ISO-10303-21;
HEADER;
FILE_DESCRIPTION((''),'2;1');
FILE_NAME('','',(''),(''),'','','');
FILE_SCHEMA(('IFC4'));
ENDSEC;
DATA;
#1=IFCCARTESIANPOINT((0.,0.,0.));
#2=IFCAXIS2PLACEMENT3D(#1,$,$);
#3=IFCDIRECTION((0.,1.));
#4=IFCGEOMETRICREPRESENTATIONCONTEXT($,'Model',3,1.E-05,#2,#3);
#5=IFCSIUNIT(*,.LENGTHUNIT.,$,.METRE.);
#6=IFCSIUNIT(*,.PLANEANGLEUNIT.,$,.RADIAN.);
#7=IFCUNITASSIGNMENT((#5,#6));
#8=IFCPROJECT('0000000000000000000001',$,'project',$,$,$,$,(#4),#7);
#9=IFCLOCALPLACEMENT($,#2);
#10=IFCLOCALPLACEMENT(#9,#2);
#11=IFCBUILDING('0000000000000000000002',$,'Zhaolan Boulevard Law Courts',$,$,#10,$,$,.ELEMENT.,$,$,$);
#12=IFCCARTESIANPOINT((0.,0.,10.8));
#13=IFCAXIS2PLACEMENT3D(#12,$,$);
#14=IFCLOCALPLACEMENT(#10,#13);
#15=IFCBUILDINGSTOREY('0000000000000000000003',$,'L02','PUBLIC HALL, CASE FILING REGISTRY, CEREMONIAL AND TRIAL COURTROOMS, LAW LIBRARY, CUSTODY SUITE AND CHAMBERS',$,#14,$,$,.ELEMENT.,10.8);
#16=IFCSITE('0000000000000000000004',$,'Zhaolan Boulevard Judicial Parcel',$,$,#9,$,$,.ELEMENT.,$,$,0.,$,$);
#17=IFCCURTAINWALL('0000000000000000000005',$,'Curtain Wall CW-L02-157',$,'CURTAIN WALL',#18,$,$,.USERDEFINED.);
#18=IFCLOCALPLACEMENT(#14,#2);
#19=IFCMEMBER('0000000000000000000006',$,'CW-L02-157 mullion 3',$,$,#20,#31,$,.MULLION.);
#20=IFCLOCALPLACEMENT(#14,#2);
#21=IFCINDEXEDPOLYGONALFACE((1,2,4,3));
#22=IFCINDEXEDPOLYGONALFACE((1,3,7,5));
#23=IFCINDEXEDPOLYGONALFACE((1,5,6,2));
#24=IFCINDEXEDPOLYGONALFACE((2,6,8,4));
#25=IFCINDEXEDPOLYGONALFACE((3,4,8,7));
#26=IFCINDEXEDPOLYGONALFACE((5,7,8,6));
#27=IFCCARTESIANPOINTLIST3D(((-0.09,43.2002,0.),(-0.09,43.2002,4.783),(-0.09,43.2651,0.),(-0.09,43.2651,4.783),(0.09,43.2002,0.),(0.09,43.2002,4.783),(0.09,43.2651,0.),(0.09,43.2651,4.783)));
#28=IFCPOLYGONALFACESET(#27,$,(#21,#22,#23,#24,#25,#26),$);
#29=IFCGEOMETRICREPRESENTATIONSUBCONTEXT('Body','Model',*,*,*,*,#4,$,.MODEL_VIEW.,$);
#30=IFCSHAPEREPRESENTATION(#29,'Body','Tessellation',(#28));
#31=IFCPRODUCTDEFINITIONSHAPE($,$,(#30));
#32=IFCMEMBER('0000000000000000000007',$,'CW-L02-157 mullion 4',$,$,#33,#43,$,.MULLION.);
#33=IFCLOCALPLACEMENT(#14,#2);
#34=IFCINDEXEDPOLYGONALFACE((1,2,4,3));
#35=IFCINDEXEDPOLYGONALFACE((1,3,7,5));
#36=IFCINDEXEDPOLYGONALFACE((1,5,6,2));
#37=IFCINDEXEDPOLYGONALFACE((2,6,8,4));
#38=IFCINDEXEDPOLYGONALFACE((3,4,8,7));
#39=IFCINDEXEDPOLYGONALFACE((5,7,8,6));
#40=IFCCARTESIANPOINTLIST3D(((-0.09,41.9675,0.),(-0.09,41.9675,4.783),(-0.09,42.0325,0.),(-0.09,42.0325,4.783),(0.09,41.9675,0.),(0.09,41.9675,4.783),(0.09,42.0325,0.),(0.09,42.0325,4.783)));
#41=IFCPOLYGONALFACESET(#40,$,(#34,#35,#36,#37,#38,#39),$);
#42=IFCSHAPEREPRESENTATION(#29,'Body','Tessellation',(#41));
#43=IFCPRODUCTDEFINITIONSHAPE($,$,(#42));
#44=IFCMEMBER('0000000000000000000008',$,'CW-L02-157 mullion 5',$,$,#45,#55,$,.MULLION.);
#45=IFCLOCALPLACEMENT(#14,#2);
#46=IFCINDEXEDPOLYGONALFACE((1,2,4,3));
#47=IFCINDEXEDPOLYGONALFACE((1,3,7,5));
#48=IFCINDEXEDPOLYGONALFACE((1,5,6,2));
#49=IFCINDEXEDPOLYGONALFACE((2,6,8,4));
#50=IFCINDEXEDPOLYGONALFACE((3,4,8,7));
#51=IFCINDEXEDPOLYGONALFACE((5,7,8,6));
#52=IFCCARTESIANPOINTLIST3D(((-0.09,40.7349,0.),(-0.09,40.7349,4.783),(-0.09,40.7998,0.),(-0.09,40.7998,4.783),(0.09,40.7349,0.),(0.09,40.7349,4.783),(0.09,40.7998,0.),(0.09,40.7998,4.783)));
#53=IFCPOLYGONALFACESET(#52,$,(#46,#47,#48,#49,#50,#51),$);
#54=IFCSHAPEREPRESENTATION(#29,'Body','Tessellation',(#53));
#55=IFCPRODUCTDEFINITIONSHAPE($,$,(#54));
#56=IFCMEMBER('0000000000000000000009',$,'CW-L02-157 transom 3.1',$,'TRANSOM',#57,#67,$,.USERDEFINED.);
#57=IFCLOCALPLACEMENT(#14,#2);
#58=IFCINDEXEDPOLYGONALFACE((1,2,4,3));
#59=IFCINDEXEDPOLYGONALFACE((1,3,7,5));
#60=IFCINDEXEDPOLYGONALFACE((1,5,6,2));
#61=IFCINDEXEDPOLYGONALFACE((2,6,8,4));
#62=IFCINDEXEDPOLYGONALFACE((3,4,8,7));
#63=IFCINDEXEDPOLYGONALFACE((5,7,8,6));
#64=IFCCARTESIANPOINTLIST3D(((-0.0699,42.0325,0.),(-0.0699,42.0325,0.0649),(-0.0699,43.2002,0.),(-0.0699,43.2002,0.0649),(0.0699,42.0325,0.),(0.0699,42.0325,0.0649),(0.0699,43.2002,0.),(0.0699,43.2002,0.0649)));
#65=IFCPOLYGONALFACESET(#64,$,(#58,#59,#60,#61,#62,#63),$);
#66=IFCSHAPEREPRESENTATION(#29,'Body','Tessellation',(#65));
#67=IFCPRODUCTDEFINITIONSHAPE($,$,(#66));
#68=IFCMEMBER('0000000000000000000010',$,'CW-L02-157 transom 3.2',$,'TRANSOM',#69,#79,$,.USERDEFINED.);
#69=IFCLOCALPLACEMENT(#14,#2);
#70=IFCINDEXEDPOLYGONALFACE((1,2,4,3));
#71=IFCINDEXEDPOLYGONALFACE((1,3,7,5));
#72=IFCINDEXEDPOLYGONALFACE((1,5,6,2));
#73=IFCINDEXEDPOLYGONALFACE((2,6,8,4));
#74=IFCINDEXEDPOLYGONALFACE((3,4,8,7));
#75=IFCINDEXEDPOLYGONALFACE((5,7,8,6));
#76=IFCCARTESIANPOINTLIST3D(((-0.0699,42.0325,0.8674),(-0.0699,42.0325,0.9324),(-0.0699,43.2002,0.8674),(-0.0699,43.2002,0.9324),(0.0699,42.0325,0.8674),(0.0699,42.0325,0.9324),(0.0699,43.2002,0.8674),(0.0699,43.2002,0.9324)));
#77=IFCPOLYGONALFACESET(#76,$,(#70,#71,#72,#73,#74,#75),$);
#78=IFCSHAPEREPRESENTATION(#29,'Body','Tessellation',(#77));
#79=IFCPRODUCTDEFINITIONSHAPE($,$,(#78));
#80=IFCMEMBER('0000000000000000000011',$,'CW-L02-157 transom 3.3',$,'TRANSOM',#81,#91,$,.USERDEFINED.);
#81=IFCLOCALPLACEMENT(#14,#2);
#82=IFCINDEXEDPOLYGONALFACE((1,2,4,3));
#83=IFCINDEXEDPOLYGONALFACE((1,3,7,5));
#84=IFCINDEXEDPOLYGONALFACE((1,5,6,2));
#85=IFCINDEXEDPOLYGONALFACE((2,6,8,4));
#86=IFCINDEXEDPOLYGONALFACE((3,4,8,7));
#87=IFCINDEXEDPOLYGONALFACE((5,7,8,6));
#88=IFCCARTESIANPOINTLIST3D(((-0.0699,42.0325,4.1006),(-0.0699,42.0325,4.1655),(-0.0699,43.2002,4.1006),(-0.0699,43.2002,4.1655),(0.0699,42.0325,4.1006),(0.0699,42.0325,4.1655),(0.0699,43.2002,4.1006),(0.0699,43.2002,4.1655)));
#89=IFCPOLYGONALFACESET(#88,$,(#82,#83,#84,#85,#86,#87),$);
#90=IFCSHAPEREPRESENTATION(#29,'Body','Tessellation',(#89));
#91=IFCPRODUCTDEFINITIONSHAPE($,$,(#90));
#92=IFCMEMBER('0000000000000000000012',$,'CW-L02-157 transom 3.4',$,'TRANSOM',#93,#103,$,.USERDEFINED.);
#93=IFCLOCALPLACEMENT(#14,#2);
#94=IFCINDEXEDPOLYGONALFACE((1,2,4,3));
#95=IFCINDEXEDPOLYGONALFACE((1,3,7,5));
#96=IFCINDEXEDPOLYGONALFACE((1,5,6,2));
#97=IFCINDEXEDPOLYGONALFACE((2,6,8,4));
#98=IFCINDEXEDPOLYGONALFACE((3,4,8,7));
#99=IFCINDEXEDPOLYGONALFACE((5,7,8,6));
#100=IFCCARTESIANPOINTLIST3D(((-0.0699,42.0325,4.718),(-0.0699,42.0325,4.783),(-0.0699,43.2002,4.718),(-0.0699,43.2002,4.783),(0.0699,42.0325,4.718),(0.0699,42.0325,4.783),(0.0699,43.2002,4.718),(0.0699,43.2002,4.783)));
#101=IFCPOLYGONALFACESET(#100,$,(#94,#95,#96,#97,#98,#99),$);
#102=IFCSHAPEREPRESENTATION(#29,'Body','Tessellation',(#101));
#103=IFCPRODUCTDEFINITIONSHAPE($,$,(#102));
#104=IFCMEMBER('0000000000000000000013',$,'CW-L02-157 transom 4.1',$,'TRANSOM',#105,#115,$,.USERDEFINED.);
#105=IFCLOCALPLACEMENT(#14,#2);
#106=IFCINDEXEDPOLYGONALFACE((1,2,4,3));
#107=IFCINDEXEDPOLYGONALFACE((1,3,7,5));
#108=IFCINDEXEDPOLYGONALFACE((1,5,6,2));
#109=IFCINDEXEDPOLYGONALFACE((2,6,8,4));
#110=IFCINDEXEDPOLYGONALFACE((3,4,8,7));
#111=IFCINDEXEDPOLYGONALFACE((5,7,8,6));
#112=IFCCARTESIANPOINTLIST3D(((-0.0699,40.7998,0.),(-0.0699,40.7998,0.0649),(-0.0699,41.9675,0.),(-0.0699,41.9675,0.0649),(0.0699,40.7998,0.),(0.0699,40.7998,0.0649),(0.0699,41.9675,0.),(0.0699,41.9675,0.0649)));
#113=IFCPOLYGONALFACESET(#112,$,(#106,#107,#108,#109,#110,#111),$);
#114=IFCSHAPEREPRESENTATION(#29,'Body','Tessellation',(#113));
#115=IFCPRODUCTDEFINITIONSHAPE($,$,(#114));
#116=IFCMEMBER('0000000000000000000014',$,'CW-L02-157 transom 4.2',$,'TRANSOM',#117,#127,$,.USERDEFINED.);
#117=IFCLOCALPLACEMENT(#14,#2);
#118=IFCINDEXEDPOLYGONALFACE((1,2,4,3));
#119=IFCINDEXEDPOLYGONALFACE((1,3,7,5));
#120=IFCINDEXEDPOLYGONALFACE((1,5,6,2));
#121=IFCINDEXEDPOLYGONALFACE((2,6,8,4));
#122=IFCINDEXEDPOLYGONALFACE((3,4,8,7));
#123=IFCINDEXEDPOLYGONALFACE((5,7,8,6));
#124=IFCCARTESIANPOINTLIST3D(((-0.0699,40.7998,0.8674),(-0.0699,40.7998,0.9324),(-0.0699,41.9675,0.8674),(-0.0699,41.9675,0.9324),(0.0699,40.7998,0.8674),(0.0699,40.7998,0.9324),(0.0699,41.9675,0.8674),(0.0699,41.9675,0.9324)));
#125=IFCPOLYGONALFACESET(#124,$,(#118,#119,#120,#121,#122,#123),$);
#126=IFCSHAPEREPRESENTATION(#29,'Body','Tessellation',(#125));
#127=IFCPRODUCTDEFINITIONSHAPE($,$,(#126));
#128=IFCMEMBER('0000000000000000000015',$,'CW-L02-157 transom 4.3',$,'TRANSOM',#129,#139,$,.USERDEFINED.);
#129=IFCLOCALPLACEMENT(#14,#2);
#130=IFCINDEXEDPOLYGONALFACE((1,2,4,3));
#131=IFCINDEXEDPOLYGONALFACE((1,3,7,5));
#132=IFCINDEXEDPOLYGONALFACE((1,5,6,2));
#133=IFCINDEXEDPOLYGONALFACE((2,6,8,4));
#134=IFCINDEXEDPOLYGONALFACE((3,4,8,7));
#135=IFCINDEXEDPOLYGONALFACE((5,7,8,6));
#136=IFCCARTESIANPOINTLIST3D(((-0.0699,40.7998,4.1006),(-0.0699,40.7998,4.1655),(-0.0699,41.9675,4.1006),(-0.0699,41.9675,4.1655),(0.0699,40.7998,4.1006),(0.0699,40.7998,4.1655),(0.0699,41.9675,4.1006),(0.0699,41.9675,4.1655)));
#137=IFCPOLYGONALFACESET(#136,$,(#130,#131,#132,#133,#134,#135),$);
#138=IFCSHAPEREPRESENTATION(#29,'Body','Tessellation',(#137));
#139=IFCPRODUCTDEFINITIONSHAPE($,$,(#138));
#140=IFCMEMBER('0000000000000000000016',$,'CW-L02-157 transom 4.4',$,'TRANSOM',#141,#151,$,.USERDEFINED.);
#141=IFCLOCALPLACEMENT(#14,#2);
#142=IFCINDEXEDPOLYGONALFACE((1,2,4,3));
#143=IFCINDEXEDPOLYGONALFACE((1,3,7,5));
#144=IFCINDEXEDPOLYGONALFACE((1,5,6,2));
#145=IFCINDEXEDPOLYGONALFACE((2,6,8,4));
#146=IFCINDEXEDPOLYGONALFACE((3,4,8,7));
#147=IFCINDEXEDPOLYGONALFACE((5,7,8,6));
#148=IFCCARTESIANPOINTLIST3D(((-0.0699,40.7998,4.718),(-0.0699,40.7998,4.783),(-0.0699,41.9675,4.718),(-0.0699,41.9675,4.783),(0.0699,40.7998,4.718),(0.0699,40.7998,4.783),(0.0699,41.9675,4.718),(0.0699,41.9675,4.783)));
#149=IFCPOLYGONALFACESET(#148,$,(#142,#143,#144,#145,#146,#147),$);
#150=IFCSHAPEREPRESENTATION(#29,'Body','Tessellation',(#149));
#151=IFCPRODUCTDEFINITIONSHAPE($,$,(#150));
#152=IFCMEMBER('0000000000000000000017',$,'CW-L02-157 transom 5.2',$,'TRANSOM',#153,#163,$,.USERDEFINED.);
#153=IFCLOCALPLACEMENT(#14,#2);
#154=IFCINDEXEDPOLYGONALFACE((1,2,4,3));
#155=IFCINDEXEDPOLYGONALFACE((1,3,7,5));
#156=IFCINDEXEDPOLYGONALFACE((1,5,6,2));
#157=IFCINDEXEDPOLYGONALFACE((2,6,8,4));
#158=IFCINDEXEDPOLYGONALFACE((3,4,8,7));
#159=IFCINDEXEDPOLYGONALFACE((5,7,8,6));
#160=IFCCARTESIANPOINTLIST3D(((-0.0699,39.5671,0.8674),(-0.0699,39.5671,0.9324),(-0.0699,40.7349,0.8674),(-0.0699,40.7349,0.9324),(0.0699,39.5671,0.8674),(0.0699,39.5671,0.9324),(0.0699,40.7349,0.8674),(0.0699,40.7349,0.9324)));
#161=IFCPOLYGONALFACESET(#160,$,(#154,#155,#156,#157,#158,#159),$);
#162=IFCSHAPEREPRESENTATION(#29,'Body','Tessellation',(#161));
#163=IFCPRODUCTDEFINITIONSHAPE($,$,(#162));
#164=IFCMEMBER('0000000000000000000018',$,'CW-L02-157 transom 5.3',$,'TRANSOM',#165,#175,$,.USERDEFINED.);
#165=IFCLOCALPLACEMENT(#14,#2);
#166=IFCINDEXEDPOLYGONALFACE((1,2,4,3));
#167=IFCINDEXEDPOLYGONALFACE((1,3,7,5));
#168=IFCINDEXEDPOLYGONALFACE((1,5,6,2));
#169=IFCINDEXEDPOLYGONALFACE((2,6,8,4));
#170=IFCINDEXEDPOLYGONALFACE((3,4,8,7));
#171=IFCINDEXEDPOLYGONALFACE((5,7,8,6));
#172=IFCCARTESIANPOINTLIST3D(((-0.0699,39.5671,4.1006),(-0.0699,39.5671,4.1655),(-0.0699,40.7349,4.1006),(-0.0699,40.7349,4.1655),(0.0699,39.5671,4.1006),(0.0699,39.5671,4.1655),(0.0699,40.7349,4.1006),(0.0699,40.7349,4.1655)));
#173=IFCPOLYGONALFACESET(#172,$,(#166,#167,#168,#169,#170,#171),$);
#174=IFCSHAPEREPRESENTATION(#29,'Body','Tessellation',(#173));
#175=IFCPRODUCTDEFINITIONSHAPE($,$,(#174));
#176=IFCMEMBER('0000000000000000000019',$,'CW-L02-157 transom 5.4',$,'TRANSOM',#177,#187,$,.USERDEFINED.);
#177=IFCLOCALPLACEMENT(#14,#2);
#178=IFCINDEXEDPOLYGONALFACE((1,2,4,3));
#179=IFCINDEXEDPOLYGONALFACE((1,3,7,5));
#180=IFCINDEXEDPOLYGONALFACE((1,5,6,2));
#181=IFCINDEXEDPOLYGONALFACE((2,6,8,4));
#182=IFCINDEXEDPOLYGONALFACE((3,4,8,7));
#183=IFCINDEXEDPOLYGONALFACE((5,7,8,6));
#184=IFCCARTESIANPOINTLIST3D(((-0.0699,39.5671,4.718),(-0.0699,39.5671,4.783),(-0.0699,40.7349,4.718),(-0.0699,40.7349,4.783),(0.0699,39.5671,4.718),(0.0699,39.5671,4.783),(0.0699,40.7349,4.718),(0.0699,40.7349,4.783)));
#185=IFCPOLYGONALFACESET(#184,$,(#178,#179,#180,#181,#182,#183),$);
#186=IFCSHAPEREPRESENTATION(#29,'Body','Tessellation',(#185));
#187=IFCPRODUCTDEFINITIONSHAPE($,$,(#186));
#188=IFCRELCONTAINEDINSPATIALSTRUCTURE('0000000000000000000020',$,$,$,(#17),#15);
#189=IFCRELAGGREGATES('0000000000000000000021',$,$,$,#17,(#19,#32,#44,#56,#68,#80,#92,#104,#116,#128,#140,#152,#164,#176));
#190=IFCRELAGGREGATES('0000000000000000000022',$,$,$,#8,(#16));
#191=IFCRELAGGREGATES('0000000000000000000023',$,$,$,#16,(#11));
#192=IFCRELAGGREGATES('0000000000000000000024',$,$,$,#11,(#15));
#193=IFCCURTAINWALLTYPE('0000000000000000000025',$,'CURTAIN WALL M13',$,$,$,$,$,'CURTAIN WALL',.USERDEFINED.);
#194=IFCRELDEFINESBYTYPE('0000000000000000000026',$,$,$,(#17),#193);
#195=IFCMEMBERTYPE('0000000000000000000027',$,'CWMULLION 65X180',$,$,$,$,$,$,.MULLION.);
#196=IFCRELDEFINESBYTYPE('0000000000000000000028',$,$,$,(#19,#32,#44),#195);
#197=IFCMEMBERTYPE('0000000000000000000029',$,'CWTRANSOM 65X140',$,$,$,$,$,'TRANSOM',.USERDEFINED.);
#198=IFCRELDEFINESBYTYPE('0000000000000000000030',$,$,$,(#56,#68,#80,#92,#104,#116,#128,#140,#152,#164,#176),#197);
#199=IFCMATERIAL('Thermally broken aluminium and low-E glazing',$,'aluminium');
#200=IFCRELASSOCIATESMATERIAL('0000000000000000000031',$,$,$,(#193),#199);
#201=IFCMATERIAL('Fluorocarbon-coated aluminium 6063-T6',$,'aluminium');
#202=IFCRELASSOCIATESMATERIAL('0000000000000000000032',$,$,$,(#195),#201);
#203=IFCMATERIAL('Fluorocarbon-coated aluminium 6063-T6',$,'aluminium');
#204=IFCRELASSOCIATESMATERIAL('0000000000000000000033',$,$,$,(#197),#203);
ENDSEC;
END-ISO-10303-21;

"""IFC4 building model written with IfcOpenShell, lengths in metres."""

from ifc_helpers import new_model, si_unit, direction, frame, origin, origin_2d, place, context, subcontext, project, spatial, rectangle, extrude, material, material_profile, profile_set, type_object, element, aggregate, save


model = new_model("IFC4")

# Units and contexts
model_context = context("Model", 3, precision=1e-05, world=origin(), true_north=direction((0.0, 1.0)))
body_context = subcontext(model_context, "Body", "Model", "MODEL_VIEW")
ifc_project = project(units=[si_unit("LENGTHUNIT", "METRE"), si_unit("PLANEANGLEUNIT", "RADIAN")], contexts=[model_context])

# Site, building, storey
site_placement = place(None, origin())
site = spatial("IfcSite", under=ifc_project, at=site_placement, Name="Zhaolan Boulevard Judicial Parcel", CompositionType="ELEMENT", RefElevation=0.0)
building_placement = place(site_placement, origin())
building = spatial("IfcBuilding", under=site, at=building_placement, Name="Zhaolan Boulevard Law Courts", CompositionType="ELEMENT")
storey_placement = place(building_placement, frame((0.0, 0.0, 10.8)))
storey = spatial("IfcBuildingStorey", under=building, at=storey_placement, Name="L02", Description="PUBLIC HALL, CASE FILING REGISTRY, CEREMONIAL AND TRIAL COURTROOMS, LAW LIBRARY, CUSTODY SUITE AND CHAMBERS", CompositionType="ELEMENT", Elevation=10.8)

# Curtain wall, members
ifc_material_1 = material(Name="Thermally broken aluminium and low-E glazing", Category="aluminium")
curtain_wall_type = type_object("IfcCurtainWallType", Name="CURTAIN WALL M13", ElementType="CURTAIN WALL", PredefinedType="USERDEFINED", material=ifc_material_1)
curtain_wall_placement = place(storey_placement, origin())
curtain_wall = element("IfcCurtainWall", 1, at=curtain_wall_placement, inside=storey, type_object=curtain_wall_type, Name="Curtain Wall CW-L02-157", ObjectType="CURTAIN WALL", PredefinedType="USERDEFINED")
ifc_material_2 = material(Name="Fluorocarbon-coated aluminium 6063-T6", Category="aluminium")
ifc_material_profile_1 = material_profile(ifc_material_2, rectangle(XDim=0.1799, YDim=0.0649, at=origin_2d()), Name="AL65x180")
ifc_profile_set_1 = profile_set([ifc_material_profile_1], Name="Fluorocarbon-coated aluminium 6063-T6")
member_type_1 = type_object("IfcMemberType", Name="CWMULLION 65X180", PredefinedType="MULLION", material=ifc_profile_set_1)
member_1_placement = place(storey_placement, frame((0.0, 43.2327, 0.0), z_axis=(0.0, 0.0, 1.0), x_axis=(1.0, 0.0, 0.0)))
member_1 = element("IfcMember", 2, at=member_1_placement, type_object=member_type_1, Name="CW-L02-157 mullion 3", PredefinedType="MULLION", context=body_context, shape_type="SweptSolid", body=[
    extrude(rectangle(XDim=0.1799, YDim=0.0649, at=origin_2d()), origin(), (0.0, 0.0, 1.0), 4.783),
])
member_2_placement = place(storey_placement, frame((0.0, 42.0, 0.0), z_axis=(0.0, 0.0, 1.0), x_axis=(1.0, 0.0, 0.0)))
member_2 = element("IfcMember", 3, at=member_2_placement, type_object=member_type_1, Name="CW-L02-157 mullion 4", PredefinedType="MULLION", context=body_context, shape_type="SweptSolid", body=[
    extrude(rectangle(XDim=0.1799, YDim=0.0649, at=origin_2d()), origin(), (0.0, 0.0, 1.0), 4.783),
])
member_3_placement = place(storey_placement, frame((0.0, 40.7673, 0.0), z_axis=(0.0, 0.0, 1.0), x_axis=(1.0, 0.0, 0.0)))
member_3 = element("IfcMember", 4, at=member_3_placement, type_object=member_type_1, Name="CW-L02-157 mullion 5", PredefinedType="MULLION", context=body_context, shape_type="SweptSolid", body=[
    extrude(rectangle(XDim=0.1799, YDim=0.0649, at=origin_2d()), origin(), (0.0, 0.0, 1.0), 4.783),
])
ifc_material_3 = material(Name="Fluorocarbon-coated aluminium 6063-T6", Category="aluminium")
ifc_material_profile_2 = material_profile(ifc_material_3, rectangle(XDim=0.1399, YDim=0.0649, at=origin_2d()), Name="AL65x140")
ifc_profile_set_2 = profile_set([ifc_material_profile_2], Name="Fluorocarbon-coated aluminium 6063-T6")
member_type_2 = type_object("IfcMemberType", Name="CWTRANSOM 65X140", ElementType="TRANSOM", PredefinedType="USERDEFINED", material=ifc_profile_set_2)
member_4_placement = place(storey_placement, frame((0.0, 43.2002, 0.0325), z_axis=(0.0, -1.0, 0.0), x_axis=(1.0, 0.0, 0.0)))
member_4 = element("IfcMember", 5, at=member_4_placement, type_object=member_type_2, Name="CW-L02-157 transom 3.1", ObjectType="TRANSOM", PredefinedType="USERDEFINED", context=body_context, shape_type="SweptSolid", body=[
    extrude(rectangle(XDim=0.1399, YDim=0.0649, at=origin_2d()), origin(), (0.0, 0.0, 1.0), 1.1677),
])
member_5_placement = place(storey_placement, frame((0.0, 43.2002, 0.8999), z_axis=(0.0, -1.0, 0.0), x_axis=(1.0, 0.0, 0.0)))
member_5 = element("IfcMember", 6, at=member_5_placement, type_object=member_type_2, Name="CW-L02-157 transom 3.2", ObjectType="TRANSOM", PredefinedType="USERDEFINED", context=body_context, shape_type="SweptSolid", body=[
    extrude(rectangle(XDim=0.1399, YDim=0.0649, at=origin_2d()), origin(), (0.0, 0.0, 1.0), 1.1677),
])
member_6_placement = place(storey_placement, frame((0.0, 43.2002, 4.1331), z_axis=(0.0, -1.0, 0.0), x_axis=(1.0, 0.0, 0.0)))
member_6 = element("IfcMember", 7, at=member_6_placement, type_object=member_type_2, Name="CW-L02-157 transom 3.3", ObjectType="TRANSOM", PredefinedType="USERDEFINED", context=body_context, shape_type="SweptSolid", body=[
    extrude(rectangle(XDim=0.1399, YDim=0.0649, at=origin_2d()), origin(), (0.0, 0.0, 1.0), 1.1677),
])
member_7_placement = place(storey_placement, frame((0.0, 43.2002, 4.7505), z_axis=(0.0, -1.0, 0.0), x_axis=(1.0, 0.0, 0.0)))
member_7 = element("IfcMember", 8, at=member_7_placement, type_object=member_type_2, Name="CW-L02-157 transom 3.4", ObjectType="TRANSOM", PredefinedType="USERDEFINED", context=body_context, shape_type="SweptSolid", body=[
    extrude(rectangle(XDim=0.1399, YDim=0.0649, at=origin_2d()), origin(), (0.0, 0.0, 1.0), 1.1677),
])
member_8_placement = place(storey_placement, frame((0.0, 41.9675, 0.0325), z_axis=(0.0, -1.0, 0.0), x_axis=(1.0, 0.0, 0.0)))
member_8 = element("IfcMember", 9, at=member_8_placement, type_object=member_type_2, Name="CW-L02-157 transom 4.1", ObjectType="TRANSOM", PredefinedType="USERDEFINED", context=body_context, shape_type="SweptSolid", body=[
    extrude(rectangle(XDim=0.1399, YDim=0.0649, at=origin_2d()), origin(), (0.0, 0.0, 1.0), 1.1677),
])
member_9_placement = place(storey_placement, frame((0.0, 41.9675, 0.8999), z_axis=(0.0, -1.0, 0.0), x_axis=(1.0, 0.0, 0.0)))
member_9 = element("IfcMember", 10, at=member_9_placement, type_object=member_type_2, Name="CW-L02-157 transom 4.2", ObjectType="TRANSOM", PredefinedType="USERDEFINED", context=body_context, shape_type="SweptSolid", body=[
    extrude(rectangle(XDim=0.1399, YDim=0.0649, at=origin_2d()), origin(), (0.0, 0.0, 1.0), 1.1677),
])
member_10_placement = place(storey_placement, frame((0.0, 41.9675, 4.1331), z_axis=(0.0, -1.0, 0.0), x_axis=(1.0, 0.0, 0.0)))
member_10 = element("IfcMember", 11, at=member_10_placement, type_object=member_type_2, Name="CW-L02-157 transom 4.3", ObjectType="TRANSOM", PredefinedType="USERDEFINED", context=body_context, shape_type="SweptSolid", body=[
    extrude(rectangle(XDim=0.1399, YDim=0.0649, at=origin_2d()), origin(), (0.0, 0.0, 1.0), 1.1677),
])
member_11_placement = place(storey_placement, frame((0.0, 41.9675, 4.7505), z_axis=(0.0, -1.0, 0.0), x_axis=(1.0, 0.0, 0.0)))
member_11 = element("IfcMember", 12, at=member_11_placement, type_object=member_type_2, Name="CW-L02-157 transom 4.4", ObjectType="TRANSOM", PredefinedType="USERDEFINED", context=body_context, shape_type="SweptSolid", body=[
    extrude(rectangle(XDim=0.1399, YDim=0.0649, at=origin_2d()), origin(), (0.0, 0.0, 1.0), 1.1677),
])
member_12_placement = place(storey_placement, frame((0.0, 40.7349, 0.8999), z_axis=(0.0, -1.0, 0.0), x_axis=(1.0, 0.0, 0.0)))
member_12 = element("IfcMember", 13, at=member_12_placement, type_object=member_type_2, Name="CW-L02-157 transom 5.2", ObjectType="TRANSOM", PredefinedType="USERDEFINED", context=body_context, shape_type="SweptSolid", body=[
    extrude(rectangle(XDim=0.1399, YDim=0.0649, at=origin_2d()), origin(), (0.0, 0.0, 1.0), 1.1677),
])
member_13_placement = place(storey_placement, frame((0.0, 40.7349, 4.1331), z_axis=(0.0, -1.0, 0.0), x_axis=(1.0, 0.0, 0.0)))
member_13 = element("IfcMember", 14, at=member_13_placement, type_object=member_type_2, Name="CW-L02-157 transom 5.3", ObjectType="TRANSOM", PredefinedType="USERDEFINED", context=body_context, shape_type="SweptSolid", body=[
    extrude(rectangle(XDim=0.1399, YDim=0.0649, at=origin_2d()), origin(), (0.0, 0.0, 1.0), 1.1677),
])
member_14_placement = place(storey_placement, frame((0.0, 40.7349, 4.7505), z_axis=(0.0, -1.0, 0.0), x_axis=(1.0, 0.0, 0.0)))
member_14 = element("IfcMember", 15, at=member_14_placement, type_object=member_type_2, Name="CW-L02-157 transom 5.4", ObjectType="TRANSOM", PredefinedType="USERDEFINED", context=body_context, shape_type="SweptSolid", body=[
    extrude(rectangle(XDim=0.1399, YDim=0.0649, at=origin_2d()), origin(), (0.0, 0.0, 1.0), 1.1677),
])
aggregate(curtain_wall, [member_1, member_2, member_3, member_4, member_5, member_6, member_7, member_8, member_9, member_10, member_11, member_12, member_13, member_14])

save(model, "model.ifc")
